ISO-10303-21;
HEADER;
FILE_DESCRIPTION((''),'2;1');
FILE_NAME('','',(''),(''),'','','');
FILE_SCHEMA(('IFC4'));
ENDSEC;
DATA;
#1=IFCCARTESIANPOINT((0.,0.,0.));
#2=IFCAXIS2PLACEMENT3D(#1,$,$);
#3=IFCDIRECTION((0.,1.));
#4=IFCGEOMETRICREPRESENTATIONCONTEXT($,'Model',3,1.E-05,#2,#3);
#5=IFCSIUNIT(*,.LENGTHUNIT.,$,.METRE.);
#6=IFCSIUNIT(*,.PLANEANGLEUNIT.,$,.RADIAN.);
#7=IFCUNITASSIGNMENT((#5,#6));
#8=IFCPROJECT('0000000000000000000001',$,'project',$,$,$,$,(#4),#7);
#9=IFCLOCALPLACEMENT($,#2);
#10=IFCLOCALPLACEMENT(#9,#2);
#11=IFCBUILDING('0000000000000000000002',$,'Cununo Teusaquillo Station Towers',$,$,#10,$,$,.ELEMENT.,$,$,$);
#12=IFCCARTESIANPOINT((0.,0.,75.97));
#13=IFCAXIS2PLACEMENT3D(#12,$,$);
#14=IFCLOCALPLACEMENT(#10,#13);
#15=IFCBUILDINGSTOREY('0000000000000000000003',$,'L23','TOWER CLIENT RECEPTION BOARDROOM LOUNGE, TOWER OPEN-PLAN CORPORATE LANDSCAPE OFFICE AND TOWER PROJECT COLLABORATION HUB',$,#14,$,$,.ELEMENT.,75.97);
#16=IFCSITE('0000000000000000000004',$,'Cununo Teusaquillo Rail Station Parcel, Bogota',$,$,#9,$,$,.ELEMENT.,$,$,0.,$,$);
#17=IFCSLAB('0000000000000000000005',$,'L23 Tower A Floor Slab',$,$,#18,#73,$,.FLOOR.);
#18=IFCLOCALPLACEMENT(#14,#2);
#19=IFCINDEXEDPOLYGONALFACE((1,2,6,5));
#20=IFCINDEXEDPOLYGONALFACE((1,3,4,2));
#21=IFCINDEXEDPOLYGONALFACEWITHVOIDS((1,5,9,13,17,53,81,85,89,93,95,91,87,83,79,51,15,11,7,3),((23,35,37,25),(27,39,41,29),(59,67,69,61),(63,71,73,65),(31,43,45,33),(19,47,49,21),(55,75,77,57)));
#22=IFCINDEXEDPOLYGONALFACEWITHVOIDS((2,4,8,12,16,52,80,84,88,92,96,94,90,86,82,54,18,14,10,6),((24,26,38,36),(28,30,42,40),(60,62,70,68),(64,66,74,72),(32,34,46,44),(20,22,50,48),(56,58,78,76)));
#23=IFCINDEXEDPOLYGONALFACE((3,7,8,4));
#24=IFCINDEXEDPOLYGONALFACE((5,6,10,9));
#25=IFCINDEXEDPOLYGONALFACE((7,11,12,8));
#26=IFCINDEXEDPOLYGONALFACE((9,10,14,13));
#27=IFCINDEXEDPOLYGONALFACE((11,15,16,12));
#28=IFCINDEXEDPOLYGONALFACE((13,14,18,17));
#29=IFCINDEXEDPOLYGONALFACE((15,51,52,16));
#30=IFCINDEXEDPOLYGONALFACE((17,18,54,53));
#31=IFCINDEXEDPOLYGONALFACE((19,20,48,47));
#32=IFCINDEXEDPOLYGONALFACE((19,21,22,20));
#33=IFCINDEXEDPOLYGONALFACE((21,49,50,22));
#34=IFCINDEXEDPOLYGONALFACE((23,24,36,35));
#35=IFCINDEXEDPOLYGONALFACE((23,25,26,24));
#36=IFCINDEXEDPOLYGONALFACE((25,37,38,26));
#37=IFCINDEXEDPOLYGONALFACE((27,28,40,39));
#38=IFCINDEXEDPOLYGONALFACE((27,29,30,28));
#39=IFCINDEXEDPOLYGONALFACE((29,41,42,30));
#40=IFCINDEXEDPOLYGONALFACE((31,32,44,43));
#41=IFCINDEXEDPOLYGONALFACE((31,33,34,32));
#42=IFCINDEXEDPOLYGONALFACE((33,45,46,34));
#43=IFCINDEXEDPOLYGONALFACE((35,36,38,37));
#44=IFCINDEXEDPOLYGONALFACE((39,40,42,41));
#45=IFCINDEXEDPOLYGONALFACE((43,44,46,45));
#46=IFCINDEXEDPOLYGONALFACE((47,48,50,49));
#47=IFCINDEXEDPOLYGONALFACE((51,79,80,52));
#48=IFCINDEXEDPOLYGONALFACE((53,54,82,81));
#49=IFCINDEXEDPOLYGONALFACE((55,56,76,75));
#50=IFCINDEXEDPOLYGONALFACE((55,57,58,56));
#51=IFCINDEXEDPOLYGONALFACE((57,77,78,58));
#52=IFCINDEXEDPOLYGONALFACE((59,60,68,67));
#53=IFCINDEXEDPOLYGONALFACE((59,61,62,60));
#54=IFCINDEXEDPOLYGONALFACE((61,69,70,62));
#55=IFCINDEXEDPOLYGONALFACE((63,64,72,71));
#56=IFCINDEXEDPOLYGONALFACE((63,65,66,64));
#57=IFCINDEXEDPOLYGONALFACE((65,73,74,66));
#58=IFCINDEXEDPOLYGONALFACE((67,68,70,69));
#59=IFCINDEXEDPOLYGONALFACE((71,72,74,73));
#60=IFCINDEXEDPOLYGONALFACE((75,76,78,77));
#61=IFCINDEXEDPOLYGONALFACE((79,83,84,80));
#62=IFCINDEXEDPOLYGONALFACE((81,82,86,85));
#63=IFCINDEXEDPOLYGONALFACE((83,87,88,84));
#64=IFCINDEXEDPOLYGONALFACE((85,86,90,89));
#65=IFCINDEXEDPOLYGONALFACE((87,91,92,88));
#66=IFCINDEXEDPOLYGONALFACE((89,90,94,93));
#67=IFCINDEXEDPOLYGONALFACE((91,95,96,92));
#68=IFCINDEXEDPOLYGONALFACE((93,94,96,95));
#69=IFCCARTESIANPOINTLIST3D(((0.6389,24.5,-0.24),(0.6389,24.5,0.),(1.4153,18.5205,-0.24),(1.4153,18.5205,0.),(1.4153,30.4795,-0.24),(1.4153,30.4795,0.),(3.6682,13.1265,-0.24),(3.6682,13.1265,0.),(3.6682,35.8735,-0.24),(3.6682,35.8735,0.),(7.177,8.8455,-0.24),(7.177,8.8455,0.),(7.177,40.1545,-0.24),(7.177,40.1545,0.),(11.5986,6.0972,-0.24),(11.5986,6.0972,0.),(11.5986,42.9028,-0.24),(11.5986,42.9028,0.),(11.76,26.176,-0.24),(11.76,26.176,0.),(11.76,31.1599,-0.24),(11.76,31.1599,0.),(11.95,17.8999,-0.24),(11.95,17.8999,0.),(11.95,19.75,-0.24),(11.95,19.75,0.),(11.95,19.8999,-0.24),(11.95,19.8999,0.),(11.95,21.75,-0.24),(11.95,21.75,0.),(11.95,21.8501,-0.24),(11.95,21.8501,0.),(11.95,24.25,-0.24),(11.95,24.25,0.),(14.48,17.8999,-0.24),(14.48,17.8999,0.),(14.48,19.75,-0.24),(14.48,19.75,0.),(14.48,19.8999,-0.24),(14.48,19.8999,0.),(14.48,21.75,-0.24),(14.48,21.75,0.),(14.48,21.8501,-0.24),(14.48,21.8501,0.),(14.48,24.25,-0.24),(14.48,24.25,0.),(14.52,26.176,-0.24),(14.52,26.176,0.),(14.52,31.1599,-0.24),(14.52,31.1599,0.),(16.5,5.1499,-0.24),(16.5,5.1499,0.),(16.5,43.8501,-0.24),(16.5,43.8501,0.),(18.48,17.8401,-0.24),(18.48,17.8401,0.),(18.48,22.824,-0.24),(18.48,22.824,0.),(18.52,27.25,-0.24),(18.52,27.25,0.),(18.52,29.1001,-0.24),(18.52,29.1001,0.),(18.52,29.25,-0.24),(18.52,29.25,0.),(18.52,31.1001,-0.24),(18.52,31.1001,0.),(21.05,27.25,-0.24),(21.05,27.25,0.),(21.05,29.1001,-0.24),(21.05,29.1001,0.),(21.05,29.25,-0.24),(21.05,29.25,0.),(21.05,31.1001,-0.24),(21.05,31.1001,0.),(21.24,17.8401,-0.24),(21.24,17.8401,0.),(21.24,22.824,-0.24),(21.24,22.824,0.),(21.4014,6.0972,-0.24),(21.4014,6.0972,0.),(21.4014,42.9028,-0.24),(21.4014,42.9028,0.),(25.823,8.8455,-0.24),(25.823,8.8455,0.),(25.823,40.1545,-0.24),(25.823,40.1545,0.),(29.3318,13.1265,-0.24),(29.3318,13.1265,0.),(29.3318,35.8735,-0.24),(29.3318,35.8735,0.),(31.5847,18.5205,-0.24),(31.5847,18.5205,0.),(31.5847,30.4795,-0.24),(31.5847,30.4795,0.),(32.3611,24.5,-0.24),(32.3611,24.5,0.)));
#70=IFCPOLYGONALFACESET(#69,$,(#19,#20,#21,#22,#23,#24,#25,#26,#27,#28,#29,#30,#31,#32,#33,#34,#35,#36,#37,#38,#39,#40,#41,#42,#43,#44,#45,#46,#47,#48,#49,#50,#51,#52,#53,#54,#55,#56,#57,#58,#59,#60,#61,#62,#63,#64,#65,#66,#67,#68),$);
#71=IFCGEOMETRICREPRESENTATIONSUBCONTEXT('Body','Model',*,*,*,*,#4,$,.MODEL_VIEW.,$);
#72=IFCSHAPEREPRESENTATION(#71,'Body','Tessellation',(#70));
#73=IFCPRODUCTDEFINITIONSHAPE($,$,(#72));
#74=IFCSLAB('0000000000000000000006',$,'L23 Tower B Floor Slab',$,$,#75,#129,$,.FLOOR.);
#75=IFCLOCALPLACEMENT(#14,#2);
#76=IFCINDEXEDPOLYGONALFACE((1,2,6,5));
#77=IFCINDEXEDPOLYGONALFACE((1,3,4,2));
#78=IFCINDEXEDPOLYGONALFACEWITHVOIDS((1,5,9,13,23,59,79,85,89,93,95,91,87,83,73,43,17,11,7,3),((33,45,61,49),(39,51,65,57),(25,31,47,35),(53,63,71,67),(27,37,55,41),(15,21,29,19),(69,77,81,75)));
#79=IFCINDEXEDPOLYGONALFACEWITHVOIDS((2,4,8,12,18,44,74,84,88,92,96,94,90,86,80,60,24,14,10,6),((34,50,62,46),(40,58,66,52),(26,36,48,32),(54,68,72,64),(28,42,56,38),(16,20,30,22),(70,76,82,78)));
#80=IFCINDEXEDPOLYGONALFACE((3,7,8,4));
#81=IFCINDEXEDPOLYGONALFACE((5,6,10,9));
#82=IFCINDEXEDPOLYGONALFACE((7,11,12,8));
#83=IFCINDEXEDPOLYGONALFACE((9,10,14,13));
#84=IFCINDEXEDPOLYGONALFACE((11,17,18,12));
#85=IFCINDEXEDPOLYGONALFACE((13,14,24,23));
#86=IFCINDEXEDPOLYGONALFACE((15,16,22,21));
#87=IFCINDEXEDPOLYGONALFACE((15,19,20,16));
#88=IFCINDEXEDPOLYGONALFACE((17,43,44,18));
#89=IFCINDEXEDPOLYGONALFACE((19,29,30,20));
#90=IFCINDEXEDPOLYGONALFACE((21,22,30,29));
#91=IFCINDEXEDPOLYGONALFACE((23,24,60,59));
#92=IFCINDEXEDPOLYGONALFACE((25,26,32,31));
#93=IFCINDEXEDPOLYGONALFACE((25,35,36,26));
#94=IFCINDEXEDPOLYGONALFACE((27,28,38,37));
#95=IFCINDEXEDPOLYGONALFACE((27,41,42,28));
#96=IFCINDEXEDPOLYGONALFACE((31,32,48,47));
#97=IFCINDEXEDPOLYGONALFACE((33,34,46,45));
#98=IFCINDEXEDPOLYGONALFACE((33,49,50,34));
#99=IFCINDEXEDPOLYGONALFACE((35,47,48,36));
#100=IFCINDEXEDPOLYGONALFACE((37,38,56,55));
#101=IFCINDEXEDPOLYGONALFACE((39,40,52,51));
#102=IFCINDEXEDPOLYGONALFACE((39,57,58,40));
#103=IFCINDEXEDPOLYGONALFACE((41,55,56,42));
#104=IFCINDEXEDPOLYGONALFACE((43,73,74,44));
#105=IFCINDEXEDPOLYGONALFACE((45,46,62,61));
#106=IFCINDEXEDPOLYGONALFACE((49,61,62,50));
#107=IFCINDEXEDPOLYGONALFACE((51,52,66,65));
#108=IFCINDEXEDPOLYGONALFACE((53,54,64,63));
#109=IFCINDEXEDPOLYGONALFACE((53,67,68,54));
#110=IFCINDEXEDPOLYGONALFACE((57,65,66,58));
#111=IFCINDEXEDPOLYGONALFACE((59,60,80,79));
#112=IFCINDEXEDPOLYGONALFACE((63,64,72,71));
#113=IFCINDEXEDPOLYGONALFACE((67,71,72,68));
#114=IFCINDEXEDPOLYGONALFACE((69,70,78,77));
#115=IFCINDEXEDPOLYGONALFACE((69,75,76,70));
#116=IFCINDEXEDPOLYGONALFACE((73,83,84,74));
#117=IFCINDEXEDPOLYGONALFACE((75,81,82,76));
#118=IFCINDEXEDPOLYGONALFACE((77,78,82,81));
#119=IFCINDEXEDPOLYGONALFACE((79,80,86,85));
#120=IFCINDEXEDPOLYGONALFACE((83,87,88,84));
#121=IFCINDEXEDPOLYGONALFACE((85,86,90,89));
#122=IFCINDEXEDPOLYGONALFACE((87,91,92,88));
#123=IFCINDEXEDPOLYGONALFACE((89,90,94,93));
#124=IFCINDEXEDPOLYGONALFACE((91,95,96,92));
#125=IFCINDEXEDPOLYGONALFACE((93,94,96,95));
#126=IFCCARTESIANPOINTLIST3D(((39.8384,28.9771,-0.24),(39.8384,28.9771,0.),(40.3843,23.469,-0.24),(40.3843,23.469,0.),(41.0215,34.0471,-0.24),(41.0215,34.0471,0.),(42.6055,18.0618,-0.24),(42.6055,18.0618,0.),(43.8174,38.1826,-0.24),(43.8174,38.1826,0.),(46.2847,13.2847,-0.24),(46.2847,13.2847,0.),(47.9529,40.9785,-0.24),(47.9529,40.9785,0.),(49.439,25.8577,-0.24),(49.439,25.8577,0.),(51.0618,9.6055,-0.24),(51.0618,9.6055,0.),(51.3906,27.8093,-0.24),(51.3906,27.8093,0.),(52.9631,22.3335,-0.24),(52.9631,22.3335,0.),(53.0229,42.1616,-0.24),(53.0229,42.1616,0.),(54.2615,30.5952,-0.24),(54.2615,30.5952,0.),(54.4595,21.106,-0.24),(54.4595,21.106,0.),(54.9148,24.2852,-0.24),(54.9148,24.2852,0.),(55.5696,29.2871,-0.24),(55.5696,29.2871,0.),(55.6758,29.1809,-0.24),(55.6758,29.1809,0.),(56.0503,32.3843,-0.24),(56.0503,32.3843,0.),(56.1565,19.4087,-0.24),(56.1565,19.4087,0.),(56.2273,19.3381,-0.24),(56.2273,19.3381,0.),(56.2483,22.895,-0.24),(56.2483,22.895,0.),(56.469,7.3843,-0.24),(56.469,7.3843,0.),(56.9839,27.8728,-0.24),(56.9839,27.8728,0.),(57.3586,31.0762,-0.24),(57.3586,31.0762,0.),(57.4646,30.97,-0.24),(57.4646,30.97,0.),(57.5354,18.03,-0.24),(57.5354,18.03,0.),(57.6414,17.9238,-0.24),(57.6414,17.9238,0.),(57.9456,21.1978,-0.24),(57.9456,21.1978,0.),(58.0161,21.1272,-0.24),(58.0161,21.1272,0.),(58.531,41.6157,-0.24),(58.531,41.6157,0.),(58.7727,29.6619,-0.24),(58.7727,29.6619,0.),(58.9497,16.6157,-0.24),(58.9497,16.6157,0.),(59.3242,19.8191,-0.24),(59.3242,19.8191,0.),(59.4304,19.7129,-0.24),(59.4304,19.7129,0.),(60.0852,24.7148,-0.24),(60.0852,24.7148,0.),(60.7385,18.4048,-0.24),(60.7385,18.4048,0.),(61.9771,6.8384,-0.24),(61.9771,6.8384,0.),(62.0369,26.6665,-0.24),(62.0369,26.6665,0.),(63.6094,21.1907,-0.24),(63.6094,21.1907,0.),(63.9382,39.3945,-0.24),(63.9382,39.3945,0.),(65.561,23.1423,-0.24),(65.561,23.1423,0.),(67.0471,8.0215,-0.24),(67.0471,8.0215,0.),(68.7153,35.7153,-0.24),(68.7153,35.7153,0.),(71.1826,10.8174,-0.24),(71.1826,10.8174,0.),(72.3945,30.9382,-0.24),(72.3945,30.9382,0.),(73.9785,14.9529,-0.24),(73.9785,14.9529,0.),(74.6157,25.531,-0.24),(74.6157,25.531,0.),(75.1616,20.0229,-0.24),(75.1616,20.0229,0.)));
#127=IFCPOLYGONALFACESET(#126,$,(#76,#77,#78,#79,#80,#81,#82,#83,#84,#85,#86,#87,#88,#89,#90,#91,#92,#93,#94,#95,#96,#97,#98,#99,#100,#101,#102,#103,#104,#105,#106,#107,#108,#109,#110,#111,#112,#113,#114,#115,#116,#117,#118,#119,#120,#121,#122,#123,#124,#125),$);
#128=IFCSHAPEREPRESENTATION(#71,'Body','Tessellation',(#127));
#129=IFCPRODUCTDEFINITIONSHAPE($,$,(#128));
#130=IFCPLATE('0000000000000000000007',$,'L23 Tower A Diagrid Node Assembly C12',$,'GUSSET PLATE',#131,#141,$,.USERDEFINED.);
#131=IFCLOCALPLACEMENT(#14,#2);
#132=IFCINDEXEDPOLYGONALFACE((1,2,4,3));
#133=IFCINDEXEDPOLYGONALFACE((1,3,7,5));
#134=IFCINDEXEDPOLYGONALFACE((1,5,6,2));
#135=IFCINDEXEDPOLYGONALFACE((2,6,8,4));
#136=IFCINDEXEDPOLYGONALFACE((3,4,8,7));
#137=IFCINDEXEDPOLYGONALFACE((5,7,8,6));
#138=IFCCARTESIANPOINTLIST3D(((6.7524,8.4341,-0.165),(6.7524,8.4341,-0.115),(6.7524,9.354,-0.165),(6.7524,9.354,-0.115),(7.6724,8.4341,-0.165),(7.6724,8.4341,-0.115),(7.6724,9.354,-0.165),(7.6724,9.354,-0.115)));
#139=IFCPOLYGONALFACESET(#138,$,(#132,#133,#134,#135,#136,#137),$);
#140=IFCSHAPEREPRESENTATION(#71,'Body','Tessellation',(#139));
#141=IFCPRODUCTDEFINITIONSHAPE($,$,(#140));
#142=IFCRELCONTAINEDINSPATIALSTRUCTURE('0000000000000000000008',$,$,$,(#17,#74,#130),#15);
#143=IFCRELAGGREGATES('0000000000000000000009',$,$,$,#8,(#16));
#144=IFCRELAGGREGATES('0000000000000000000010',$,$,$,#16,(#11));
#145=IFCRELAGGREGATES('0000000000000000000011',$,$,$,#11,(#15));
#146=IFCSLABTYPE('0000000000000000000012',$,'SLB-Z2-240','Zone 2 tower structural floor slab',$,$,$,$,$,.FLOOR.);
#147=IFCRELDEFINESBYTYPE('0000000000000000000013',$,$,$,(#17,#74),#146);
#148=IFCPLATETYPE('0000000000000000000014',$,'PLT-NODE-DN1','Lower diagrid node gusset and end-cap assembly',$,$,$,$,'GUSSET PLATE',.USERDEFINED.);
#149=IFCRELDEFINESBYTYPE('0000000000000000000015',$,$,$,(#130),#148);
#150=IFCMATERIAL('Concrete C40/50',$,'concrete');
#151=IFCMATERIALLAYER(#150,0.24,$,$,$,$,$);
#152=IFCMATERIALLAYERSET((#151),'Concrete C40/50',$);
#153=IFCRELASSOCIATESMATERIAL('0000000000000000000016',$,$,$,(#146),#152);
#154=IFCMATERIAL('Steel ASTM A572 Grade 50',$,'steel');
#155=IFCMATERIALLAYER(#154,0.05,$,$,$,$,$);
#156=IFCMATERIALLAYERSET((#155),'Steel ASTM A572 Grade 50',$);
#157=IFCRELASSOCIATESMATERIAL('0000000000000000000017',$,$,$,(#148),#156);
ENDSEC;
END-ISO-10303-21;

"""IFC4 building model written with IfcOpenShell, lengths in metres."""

from ifc_helpers import new_model, si_unit, direction, frame, origin, origin_2d, place, context, subcontext, project, spatial, polyline, rectangle, outline, extrude, source, transform, mapped, material, layer, layer_set, type_object, element, save


model = new_model("IFC4")

# Units and contexts
model_context = context("Model", 3, precision=1e-05, world=origin(), true_north=direction((0.0, 1.0)))
body_context = subcontext(model_context, "Body", "Model", "MODEL_VIEW")
ifc_project = project(units=[si_unit("LENGTHUNIT", "METRE"), si_unit("PLANEANGLEUNIT", "RADIAN")], contexts=[model_context])

# Site, building, storey
site_placement = place(None, origin())
site = spatial("IfcSite", under=ifc_project, at=site_placement, Name="Cununo Teusaquillo Rail Station Parcel, Bogota", CompositionType="ELEMENT", RefElevation=0.0)
building_placement = place(site_placement, origin())
building = spatial("IfcBuilding", under=site, at=building_placement, Name="Cununo Teusaquillo Station Towers", CompositionType="ELEMENT")
storey_placement = place(building_placement, frame((0.0, 0.0, 75.97)))
storey = spatial("IfcBuildingStorey", under=building, at=storey_placement, Name="L23", Description="TOWER CLIENT RECEPTION BOARDROOM LOUNGE, TOWER OPEN-PLAN CORPORATE LANDSCAPE OFFICE AND TOWER PROJECT COLLABORATION HUB", CompositionType="ELEMENT", Elevation=75.97)

# Slabs
ifc_material_1 = material(Name="Concrete C40/50", Category="concrete")
ifc_layer_1 = layer(ifc_material_1, 0.24)
ifc_layer_set_1 = layer_set([ifc_layer_1], Name="Concrete C40/50")
slab_type_1 = type_object("IfcSlabType", Name="SLB-Z2-240", Description="Zone 2 tower structural floor slab", PredefinedType="FLOOR", material=ifc_layer_set_1)
slab_1_placement = place(storey_placement, frame((0.0, 0.0, -0.24)))
element("IfcSlab", 1, at=slab_1_placement, inside=storey, type_object=slab_type_1, Name="L23 Tower A Floor Slab", PredefinedType="FLOOR", context=body_context, shape_type="SweptSolid", body=[
    extrude(outline(polyline([(32.3611, 24.5), (31.5847, 30.4795), (29.3318, 35.8735), (25.823, 40.1545), (21.4014, 42.9028), (16.5, 43.8501), (11.5986, 42.9028), (7.177, 40.1545), (3.6682, 35.8735), (1.4153, 30.4795), (0.6389, 24.5), (1.4153, 18.5205), (3.6682, 13.1265), (7.177, 8.8455), (11.5986, 6.0972), (16.5, 5.1499), (21.4014, 6.0972), (25.823, 8.8455), (29.3318, 13.1265), (31.5847, 18.5205), (32.3611, 24.5)]), holes=[polyline([(14.52, 26.176), (14.52, 31.1599), (11.76, 31.1599), (11.76, 26.176), (14.52, 26.176)]), polyline([(18.48, 22.824), (18.48, 17.8401), (21.24, 17.8401), (21.24, 22.824), (18.48, 22.824)]), polyline([(11.95, 21.8501), (14.48, 21.8501), (14.48, 24.25), (11.95, 24.25), (11.95, 21.8501)]), polyline([(11.95, 17.8999), (14.48, 17.8999), (14.48, 19.75), (11.95, 19.75), (11.95, 17.8999)]), polyline([(11.95, 19.8999), (14.48, 19.8999), (14.48, 21.75), (11.95, 21.75), (11.95, 19.8999)]), polyline([(18.52, 27.25), (21.05, 27.25), (21.05, 29.1001), (18.52, 29.1001), (18.52, 27.25)]), polyline([(18.52, 29.25), (21.05, 29.25), (21.05, 31.1001), (18.52, 31.1001), (18.52, 29.25)])]), origin(), (0.0, 0.0, 1.0), 0.24),
])
slab_2_placement = place(storey_placement, frame((0.0, 0.0, -0.24)))
element("IfcSlab", 2, at=slab_2_placement, inside=storey, type_object=slab_type_1, Name="L23 Tower B Floor Slab", PredefinedType="FLOOR", context=body_context, shape_type="SweptSolid", body=[
    extrude(outline(polyline([(68.7153, 35.7153), (63.9382, 39.3945), (58.531, 41.6157), (53.0229, 42.1616), (47.9529, 40.9785), (43.8174, 38.1826), (41.0215, 34.0471), (39.8384, 28.9771), (40.3843, 23.469), (42.6055, 18.0618), (46.2847, 13.2847), (51.0618, 9.6055), (56.469, 7.3843), (61.9771, 6.8384), (67.0471, 8.0215), (71.1826, 10.8174), (73.9785, 14.9529), (75.1616, 20.0229), (74.6157, 25.531), (72.3945, 30.9382), (68.7153, 35.7153)]), holes=[polyline([(54.9148, 24.2852), (51.3906, 27.8093), (49.439, 25.8577), (52.9631, 22.3335), (54.9148, 24.2852)]), polyline([(60.0852, 24.7148), (63.6094, 21.1907), (65.561, 23.1423), (62.0369, 26.6665), (60.0852, 24.7148)]), polyline([(56.1565, 19.4087), (57.9456, 21.1978), (56.2483, 22.895), (54.4595, 21.106), (56.1565, 19.4087)]), polyline([(58.9497, 16.6157), (60.7385, 18.4048), (59.4304, 19.7129), (57.6414, 17.9238), (58.9497, 16.6157)]), polyline([(57.5354, 18.03), (59.3242, 19.8191), (58.0161, 21.1272), (56.2273, 19.3381), (57.5354, 18.03)]), polyline([(56.9839, 27.8728), (58.7727, 29.6619), (57.4646, 30.97), (55.6758, 29.1809), (56.9839, 27.8728)]), polyline([(55.5696, 29.2871), (57.3586, 31.0762), (56.0503, 32.3843), (54.2615, 30.5952), (55.5696, 29.2871)])]), origin(), (0.0, 0.0, 1.0), 0.24),
])

# Plate
ifc_material_2 = material(Name="Steel ASTM A572 Grade 50", Category="steel")
ifc_layer_2 = layer(ifc_material_2, 0.05)
ifc_layer_set_2 = layer_set([ifc_layer_2], Name="Steel ASTM A572 Grade 50")
plate_type = type_object("IfcPlateType", Name="PLT-NODE-DN1", Description="Lower diagrid node gusset and end-cap assembly", ElementType="GUSSET PLATE", PredefinedType="USERDEFINED", material=ifc_layer_set_2)
shared_shape_1 = source(origin(), body_context, "Body", "SweptSolid", [
    extrude(rectangle(XDim=0.9199, YDim=0.9199, at=origin_2d()), origin(), (0.0, 0.0, 1.0), 0.05),
])
plate_placement = place(storey_placement, frame((7.2124, 8.894, -0.165), z_axis=(0.0, 0.0, 1.0), x_axis=(1.0, 0.0, 0.0)))
element("IfcPlate", 3, at=plate_placement, inside=storey, type_object=plate_type, Name="L23 Tower A Diagrid Node Assembly C12", ObjectType="GUSSET PLATE", PredefinedType="USERDEFINED", context=body_context, shape_type="MappedRepresentation", body=[
    mapped(shared_shape_1, transform((0.0, 0.0, 0.0), x_axis=(1.0, 0.0, 0.0), y_axis=(0.0, 1.0, 0.0), z_axis=(0.0, 0.0, 1.0), scale=1.0)),
])

save(model, "model.ifc")
